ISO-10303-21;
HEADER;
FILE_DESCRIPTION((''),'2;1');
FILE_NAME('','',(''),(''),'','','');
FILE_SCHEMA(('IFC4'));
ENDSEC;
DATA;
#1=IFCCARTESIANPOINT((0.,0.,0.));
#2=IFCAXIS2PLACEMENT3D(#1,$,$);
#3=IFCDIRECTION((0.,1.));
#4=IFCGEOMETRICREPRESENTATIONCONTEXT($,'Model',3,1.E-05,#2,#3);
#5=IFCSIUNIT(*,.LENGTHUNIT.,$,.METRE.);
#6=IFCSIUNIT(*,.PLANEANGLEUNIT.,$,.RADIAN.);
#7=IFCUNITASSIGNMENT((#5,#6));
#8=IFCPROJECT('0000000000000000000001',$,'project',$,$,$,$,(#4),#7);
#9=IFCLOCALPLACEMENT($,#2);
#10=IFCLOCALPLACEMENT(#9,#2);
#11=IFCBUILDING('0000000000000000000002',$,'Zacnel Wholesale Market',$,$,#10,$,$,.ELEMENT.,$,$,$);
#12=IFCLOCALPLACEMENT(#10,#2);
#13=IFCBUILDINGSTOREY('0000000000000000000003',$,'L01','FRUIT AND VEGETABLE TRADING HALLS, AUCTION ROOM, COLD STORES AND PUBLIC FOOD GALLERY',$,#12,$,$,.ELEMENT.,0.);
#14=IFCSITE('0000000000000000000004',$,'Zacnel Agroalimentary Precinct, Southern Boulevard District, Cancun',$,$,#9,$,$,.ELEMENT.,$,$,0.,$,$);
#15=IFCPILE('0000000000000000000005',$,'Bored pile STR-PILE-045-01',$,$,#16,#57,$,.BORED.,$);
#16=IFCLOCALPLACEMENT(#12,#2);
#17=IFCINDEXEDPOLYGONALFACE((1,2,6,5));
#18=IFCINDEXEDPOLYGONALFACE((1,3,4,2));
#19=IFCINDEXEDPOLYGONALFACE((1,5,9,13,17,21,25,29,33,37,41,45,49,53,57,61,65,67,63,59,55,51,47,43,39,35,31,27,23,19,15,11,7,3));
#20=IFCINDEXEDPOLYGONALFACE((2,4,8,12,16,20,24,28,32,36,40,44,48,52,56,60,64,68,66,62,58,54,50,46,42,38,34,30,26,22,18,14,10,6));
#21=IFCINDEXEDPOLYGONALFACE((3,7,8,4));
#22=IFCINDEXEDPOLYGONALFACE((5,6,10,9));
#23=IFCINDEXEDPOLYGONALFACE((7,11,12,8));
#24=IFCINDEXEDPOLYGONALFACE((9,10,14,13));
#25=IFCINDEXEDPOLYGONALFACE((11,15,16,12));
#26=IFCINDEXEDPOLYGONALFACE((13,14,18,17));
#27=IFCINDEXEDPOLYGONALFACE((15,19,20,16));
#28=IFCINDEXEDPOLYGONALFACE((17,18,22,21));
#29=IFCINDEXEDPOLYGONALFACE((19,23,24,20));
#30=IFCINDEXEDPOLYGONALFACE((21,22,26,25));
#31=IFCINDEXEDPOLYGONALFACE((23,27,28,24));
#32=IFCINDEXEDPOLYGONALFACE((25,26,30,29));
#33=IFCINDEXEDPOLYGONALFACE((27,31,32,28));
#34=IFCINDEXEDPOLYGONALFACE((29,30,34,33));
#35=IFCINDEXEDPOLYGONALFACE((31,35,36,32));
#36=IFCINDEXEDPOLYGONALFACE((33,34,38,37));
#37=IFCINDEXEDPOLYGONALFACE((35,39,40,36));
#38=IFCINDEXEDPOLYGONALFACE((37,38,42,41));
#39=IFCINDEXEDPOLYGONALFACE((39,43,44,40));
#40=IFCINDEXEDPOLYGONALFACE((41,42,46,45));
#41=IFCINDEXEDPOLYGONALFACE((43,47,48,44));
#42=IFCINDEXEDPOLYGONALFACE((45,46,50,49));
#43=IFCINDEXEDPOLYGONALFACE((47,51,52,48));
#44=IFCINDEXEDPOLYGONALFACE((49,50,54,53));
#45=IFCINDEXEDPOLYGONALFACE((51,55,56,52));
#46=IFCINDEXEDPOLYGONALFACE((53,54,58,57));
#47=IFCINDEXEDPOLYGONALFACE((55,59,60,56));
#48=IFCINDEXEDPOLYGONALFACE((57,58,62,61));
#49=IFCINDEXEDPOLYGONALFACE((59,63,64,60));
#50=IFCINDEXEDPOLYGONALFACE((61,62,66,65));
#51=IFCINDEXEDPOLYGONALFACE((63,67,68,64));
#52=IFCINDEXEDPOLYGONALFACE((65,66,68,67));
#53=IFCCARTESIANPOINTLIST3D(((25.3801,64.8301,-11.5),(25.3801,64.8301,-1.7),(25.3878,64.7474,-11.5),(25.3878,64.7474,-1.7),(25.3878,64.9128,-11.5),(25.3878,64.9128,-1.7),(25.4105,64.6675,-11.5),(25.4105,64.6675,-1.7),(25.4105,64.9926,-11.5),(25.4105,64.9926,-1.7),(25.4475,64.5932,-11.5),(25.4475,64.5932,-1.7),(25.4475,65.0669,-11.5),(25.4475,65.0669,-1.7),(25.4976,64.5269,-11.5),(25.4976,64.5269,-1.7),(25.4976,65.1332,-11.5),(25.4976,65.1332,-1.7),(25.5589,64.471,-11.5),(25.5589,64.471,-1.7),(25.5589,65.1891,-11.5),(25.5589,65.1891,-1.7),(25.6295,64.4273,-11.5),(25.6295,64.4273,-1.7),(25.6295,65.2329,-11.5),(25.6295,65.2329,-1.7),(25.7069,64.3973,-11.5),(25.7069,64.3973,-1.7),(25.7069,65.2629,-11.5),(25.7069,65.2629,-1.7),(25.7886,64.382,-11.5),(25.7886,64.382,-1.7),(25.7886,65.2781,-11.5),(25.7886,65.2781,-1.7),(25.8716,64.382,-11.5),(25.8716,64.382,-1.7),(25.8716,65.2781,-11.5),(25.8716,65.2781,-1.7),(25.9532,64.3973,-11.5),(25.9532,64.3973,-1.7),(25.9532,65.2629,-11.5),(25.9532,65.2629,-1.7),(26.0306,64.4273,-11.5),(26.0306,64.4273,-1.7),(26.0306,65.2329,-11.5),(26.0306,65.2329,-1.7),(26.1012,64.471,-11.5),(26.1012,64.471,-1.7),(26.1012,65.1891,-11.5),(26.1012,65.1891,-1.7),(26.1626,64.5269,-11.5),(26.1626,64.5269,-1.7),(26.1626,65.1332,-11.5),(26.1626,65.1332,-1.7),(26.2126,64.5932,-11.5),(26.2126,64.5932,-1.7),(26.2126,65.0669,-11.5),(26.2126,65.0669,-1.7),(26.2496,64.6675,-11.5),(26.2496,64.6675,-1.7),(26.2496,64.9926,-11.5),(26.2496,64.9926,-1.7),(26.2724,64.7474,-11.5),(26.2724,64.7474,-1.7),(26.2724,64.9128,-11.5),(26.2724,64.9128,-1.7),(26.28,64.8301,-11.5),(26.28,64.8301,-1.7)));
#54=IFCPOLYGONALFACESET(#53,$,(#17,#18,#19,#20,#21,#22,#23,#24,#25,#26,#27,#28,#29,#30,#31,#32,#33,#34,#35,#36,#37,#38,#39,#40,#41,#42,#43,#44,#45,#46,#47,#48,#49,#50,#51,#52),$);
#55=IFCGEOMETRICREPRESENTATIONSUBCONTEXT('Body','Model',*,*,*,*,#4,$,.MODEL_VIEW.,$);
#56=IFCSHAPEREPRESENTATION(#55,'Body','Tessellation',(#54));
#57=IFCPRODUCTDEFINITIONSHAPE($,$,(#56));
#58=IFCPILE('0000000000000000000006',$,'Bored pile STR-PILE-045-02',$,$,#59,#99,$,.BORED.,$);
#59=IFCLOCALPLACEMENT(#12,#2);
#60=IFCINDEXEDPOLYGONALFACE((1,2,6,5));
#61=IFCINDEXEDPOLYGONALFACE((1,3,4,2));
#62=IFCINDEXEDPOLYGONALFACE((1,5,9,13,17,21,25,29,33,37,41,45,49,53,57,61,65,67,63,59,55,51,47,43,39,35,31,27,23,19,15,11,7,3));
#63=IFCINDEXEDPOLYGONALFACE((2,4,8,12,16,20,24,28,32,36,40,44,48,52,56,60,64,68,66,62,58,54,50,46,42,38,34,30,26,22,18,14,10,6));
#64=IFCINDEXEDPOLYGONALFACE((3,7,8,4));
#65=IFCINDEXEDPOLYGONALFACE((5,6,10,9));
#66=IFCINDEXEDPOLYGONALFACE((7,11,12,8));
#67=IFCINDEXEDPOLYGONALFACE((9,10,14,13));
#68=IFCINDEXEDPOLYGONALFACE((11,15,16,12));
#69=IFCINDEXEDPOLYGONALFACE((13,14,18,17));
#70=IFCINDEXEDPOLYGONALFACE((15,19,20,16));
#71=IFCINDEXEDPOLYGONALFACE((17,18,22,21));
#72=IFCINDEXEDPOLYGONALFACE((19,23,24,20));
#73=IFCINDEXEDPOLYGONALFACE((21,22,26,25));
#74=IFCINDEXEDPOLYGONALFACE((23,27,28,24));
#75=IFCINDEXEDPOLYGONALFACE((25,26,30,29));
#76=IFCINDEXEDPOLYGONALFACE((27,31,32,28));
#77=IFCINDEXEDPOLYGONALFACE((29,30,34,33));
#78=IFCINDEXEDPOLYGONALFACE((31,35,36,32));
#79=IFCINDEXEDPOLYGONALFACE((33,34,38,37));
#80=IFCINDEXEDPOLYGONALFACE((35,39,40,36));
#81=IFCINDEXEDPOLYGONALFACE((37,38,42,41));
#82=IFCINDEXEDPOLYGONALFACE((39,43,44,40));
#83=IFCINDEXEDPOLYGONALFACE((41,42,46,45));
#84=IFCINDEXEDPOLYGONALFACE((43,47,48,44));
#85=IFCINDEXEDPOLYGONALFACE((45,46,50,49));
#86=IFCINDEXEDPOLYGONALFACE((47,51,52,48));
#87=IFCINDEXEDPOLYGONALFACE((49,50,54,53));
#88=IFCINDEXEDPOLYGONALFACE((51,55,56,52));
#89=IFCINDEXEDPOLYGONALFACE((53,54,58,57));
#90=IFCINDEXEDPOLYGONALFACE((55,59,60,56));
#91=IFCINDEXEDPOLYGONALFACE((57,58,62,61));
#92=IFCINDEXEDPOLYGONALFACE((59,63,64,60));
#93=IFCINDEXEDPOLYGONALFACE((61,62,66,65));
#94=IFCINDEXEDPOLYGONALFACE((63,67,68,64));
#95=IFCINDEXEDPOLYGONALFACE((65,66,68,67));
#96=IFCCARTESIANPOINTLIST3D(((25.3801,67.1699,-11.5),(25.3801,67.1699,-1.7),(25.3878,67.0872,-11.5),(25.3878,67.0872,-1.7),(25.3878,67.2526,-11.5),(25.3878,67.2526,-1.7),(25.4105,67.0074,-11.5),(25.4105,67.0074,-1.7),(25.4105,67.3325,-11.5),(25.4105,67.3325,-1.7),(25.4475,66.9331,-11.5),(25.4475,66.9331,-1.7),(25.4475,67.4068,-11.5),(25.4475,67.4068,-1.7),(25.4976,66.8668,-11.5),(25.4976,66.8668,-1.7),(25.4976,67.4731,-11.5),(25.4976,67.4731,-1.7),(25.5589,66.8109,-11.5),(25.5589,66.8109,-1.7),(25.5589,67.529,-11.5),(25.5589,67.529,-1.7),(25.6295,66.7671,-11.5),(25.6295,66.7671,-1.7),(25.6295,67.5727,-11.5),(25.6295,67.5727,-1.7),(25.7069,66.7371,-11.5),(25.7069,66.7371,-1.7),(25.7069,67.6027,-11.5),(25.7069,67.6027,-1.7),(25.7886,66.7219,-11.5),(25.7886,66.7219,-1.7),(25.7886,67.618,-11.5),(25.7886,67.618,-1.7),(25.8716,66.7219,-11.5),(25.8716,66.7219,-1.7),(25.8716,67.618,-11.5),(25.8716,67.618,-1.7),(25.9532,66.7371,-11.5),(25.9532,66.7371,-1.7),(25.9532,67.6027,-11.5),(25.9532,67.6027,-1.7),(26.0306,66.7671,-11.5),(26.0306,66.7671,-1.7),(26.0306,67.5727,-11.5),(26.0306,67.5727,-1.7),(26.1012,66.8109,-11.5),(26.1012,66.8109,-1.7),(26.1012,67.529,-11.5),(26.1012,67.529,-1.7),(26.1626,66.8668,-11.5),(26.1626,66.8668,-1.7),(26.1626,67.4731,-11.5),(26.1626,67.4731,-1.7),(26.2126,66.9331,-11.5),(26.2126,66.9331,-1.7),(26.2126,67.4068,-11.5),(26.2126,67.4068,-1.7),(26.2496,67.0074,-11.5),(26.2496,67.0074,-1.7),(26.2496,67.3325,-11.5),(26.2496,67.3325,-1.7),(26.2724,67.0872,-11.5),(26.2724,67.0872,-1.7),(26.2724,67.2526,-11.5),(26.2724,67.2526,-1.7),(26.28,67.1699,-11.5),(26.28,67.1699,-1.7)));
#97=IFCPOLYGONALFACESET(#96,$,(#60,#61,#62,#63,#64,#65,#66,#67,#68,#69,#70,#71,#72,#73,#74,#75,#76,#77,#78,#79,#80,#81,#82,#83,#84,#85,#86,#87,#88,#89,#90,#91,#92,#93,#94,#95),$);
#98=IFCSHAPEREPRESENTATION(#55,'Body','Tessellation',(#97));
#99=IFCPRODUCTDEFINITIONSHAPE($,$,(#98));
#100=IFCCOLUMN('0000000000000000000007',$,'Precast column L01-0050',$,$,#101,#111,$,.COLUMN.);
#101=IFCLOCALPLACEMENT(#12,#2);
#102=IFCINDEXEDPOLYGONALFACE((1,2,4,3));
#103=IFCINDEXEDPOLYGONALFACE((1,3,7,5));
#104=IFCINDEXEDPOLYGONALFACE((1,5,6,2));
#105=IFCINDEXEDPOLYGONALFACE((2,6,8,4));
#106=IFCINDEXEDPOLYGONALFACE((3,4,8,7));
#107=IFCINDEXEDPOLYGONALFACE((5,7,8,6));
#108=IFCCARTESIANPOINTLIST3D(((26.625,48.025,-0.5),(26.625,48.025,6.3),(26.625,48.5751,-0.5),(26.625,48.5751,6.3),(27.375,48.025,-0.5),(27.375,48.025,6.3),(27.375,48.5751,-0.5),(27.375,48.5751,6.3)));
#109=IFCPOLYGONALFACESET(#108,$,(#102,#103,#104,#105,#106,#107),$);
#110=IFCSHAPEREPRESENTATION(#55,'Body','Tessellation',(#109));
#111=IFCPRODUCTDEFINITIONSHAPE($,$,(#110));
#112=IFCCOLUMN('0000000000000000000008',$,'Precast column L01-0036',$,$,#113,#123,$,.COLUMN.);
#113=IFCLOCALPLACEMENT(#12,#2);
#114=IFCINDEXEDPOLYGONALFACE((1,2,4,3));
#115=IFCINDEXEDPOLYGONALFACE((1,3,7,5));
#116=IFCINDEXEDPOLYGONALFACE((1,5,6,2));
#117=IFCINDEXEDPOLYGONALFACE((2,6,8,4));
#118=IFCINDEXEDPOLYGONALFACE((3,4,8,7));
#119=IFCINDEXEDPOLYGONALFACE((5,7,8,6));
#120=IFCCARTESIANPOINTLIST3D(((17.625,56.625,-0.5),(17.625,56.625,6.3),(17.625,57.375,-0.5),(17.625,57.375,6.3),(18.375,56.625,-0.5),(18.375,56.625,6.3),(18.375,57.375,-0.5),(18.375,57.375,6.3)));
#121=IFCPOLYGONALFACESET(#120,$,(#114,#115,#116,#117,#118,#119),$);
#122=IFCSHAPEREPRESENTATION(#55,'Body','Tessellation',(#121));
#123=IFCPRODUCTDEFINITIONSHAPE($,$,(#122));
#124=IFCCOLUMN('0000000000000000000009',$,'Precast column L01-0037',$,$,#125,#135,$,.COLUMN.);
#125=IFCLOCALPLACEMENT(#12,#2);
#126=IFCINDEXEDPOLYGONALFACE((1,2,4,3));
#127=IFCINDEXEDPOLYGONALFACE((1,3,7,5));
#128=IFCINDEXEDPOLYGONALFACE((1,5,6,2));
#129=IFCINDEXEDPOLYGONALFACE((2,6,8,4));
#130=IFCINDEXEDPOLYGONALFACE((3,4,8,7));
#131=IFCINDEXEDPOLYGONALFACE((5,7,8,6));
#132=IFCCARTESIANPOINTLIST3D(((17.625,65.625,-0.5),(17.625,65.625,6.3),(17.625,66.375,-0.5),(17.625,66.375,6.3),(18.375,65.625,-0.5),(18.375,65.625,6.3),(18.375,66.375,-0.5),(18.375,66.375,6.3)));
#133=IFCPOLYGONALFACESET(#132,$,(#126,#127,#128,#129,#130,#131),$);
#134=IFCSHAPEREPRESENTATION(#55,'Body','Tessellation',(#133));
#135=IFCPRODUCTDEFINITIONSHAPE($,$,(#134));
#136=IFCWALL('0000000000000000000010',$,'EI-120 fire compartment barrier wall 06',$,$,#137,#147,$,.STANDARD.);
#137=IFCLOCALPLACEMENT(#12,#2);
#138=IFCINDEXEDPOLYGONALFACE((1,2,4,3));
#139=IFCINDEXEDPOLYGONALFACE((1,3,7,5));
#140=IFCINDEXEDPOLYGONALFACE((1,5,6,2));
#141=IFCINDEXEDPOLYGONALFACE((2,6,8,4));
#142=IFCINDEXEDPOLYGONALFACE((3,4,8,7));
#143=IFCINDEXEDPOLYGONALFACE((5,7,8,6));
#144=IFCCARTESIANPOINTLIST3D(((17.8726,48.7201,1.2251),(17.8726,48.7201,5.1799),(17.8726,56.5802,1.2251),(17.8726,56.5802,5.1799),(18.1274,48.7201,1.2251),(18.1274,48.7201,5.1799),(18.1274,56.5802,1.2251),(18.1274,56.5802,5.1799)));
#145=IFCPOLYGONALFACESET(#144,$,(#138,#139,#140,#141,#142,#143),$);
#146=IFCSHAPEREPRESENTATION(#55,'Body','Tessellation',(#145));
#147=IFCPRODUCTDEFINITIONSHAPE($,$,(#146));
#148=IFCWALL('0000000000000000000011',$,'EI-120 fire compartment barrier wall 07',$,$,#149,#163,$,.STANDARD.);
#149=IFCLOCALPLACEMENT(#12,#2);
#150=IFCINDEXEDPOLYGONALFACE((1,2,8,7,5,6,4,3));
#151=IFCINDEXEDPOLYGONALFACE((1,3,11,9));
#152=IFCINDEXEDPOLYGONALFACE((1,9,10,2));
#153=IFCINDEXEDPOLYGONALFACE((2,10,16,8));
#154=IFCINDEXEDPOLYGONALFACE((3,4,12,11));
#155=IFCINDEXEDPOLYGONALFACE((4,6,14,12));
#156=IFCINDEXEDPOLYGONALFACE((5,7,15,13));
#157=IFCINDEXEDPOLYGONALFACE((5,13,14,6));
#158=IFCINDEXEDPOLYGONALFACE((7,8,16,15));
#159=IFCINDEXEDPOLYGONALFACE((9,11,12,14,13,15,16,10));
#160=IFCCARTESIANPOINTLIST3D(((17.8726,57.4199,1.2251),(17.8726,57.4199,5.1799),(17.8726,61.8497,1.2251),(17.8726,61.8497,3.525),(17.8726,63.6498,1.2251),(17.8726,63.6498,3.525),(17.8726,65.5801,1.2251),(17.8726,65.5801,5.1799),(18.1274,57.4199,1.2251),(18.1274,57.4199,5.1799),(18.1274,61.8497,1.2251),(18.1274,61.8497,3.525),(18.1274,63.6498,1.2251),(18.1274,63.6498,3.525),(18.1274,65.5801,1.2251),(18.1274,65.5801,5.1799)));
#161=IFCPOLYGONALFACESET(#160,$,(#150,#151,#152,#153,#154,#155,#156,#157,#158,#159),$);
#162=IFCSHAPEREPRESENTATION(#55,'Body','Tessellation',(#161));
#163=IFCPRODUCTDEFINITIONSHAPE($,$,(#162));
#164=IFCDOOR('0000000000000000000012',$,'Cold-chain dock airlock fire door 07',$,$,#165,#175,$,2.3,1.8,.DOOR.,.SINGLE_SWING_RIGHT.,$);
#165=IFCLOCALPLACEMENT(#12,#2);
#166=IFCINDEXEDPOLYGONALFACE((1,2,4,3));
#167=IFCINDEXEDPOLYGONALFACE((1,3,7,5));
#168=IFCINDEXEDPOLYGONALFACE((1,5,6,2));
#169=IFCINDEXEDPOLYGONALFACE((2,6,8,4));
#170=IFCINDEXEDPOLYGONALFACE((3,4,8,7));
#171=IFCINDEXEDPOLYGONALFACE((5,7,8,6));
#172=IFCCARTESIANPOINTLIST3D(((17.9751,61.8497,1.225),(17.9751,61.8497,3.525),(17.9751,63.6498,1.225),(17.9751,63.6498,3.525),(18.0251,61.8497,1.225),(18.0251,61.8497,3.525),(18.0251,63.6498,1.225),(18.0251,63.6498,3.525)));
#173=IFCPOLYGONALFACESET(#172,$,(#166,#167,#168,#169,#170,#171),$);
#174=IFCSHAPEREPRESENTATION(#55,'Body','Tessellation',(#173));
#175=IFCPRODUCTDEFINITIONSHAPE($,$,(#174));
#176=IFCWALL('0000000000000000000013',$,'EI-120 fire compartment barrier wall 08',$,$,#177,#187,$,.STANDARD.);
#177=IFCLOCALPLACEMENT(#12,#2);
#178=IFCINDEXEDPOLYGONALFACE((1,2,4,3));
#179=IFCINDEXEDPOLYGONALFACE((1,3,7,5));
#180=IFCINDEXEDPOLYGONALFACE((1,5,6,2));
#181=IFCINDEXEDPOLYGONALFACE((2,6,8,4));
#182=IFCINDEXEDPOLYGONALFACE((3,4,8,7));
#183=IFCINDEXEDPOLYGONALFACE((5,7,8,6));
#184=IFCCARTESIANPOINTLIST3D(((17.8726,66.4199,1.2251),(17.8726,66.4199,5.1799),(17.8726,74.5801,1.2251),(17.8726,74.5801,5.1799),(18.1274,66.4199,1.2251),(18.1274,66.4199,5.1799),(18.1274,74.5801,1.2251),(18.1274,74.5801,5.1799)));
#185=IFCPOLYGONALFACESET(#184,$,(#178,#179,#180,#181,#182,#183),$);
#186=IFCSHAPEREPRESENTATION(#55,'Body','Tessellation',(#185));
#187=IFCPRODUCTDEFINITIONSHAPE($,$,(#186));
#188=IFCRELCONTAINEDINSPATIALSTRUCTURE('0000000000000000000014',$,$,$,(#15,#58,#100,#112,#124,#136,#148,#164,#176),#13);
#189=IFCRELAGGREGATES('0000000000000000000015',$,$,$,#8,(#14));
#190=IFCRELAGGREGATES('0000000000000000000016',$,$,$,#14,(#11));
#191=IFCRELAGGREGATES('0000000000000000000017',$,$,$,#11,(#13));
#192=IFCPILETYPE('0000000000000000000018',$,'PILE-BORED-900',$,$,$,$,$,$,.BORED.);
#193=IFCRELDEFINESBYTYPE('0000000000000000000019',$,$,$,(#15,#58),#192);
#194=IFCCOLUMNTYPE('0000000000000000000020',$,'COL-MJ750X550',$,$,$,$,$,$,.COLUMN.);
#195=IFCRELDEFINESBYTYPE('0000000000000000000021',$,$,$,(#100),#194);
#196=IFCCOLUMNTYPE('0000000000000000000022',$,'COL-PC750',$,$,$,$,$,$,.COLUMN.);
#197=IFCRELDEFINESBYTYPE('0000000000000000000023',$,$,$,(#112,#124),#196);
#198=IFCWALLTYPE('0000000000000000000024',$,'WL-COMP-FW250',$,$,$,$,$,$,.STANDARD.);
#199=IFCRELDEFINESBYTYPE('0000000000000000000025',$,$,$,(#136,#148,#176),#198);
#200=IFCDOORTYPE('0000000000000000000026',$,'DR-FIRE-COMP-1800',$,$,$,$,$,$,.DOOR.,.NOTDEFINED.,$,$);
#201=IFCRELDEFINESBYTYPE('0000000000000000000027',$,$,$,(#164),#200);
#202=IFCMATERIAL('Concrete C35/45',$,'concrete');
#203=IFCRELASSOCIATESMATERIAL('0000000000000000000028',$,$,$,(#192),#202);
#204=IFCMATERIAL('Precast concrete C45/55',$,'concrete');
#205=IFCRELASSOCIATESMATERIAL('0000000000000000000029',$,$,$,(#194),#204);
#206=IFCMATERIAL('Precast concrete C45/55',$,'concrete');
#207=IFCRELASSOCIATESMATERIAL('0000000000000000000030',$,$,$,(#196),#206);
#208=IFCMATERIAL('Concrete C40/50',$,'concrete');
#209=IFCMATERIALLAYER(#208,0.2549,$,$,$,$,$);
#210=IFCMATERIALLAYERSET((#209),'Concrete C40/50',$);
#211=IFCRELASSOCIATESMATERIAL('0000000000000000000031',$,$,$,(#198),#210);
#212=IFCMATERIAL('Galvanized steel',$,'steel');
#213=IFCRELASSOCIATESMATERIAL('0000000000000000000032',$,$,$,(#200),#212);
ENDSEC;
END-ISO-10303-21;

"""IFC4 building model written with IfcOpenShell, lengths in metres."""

from ifc_helpers import new_model, si_unit, direction, frame, frame_2d, origin, origin_2d, place, context, subcontext, project, spatial, rectangle, circle, extrude, material, layer, layer_set, material_profile, profile_set, type_object, element, fill, save


model = new_model("IFC4")

# Units and contexts
model_context = context("Model", 3, precision=1e-05, world=origin(), true_north=direction((0.0, 1.0)))
body_context = subcontext(model_context, "Body", "Model", "MODEL_VIEW")
ifc_project = project(units=[si_unit("LENGTHUNIT", "METRE"), si_unit("PLANEANGLEUNIT", "RADIAN")], contexts=[model_context])

# Site, building, storey
site_placement = place(None, origin())
site = spatial("IfcSite", under=ifc_project, at=site_placement, Name="Zacnel Agroalimentary Precinct, Southern Boulevard District, Cancun", CompositionType="ELEMENT", RefElevation=0.0)
building_placement = place(site_placement, origin())
building = spatial("IfcBuilding", under=site, at=building_placement, Name="Zacnel Wholesale Market", CompositionType="ELEMENT")
storey_placement = place(building_placement, origin())
storey = spatial("IfcBuildingStorey", under=building, at=storey_placement, Name="L01", Description="FRUIT AND VEGETABLE TRADING HALLS, AUCTION ROOM, COLD STORES AND PUBLIC FOOD GALLERY", CompositionType="ELEMENT", Elevation=0.0)

# Piles
ifc_material_1 = material(Name="Concrete C35/45", Category="concrete")
ifc_material_profile_1 = material_profile(ifc_material_1, circle(Radius=0.45, at=origin_2d()), Name="BORED PILE D900")
ifc_profile_set_1 = profile_set([ifc_material_profile_1], Name="Concrete C35/45")
pile_type = type_object("IfcPileType", Name="PILE-BORED-900", PredefinedType="BORED", material=ifc_profile_set_1)
for number, where, z_axis, x_axis, name in (
    (1, (25.8301, 64.8301, -1.7), (0.0, 0.0, -1.0), (1.0, 0.0, 0.0), "Bored pile STR-PILE-045-01"),
    (2, (25.8301, 67.1699, -1.7), (0.0, 0.0, -1.0), (1.0, 0.0, 0.0), "Bored pile STR-PILE-045-02"),
):
    element("IfcPile", number, at=place(storey_placement, frame(where, z_axis=z_axis, x_axis=x_axis)), inside=storey, type_object=pile_type, Name=name, PredefinedType="BORED", context=body_context, shape_type="SweptSolid", body=[
        extrude(circle(Radius=0.45, at=origin_2d()), origin(), (0.0, 0.0, 1.0), 9.8),
    ])

# Columns
ifc_material_2 = material(Name="Precast concrete C45/55", Category="concrete")
ifc_material_profile_2 = material_profile(ifc_material_2, rectangle(XDim=0.75, YDim=0.55, at=origin_2d()), Name="PC 750x550")
ifc_profile_set_2 = profile_set([ifc_material_profile_2], Name="Precast concrete C45/55")
column_type_1 = type_object("IfcColumnType", Name="COL-MJ750X550", PredefinedType="COLUMN", material=ifc_profile_set_2)
column_placement = place(storey_placement, frame((27.0, 48.3, -0.5), z_axis=(0.0, 0.0, 1.0), x_axis=(1.0, 0.0, 0.0)))
element("IfcColumn", 3, at=column_placement, inside=storey, type_object=column_type_1, Name="Precast column L01-0050", PredefinedType="COLUMN", context=body_context, shape_type="SweptSolid", body=[
    extrude(rectangle(XDim=0.75, YDim=0.55, at=origin_2d()), origin(), (0.0, 0.0, 1.0), 6.8),
])
ifc_material_3 = material(Name="Precast concrete C45/55", Category="concrete")
ifc_material_profile_3 = material_profile(ifc_material_3, rectangle(XDim=0.75, YDim=0.75, at=origin_2d()), Name="PC 750x750")
ifc_profile_set_3 = profile_set([ifc_material_profile_3], Name="Precast concrete C45/55")
column_type_2 = type_object("IfcColumnType", Name="COL-PC750", PredefinedType="COLUMN", material=ifc_profile_set_3)
for number, where, z_axis, x_axis, name in (
    (4, (18.0, 57.0, -0.5), (0.0, 0.0, 1.0), (1.0, 0.0, 0.0), "Precast column L01-0036"),
    (5, (18.0, 66.0, -0.5), (0.0, 0.0, 1.0), (1.0, 0.0, 0.0), "Precast column L01-0037"),
):
    element("IfcColumn", number, at=place(storey_placement, frame(where, z_axis=z_axis, x_axis=x_axis)), inside=storey, type_object=column_type_2, Name=name, PredefinedType="COLUMN", context=body_context, shape_type="SweptSolid", body=[
        extrude(rectangle(XDim=0.75, YDim=0.75, at=origin_2d()), origin(), (0.0, 0.0, 1.0), 6.8),
    ])

# Wall
ifc_material_4 = material(Name="Concrete C40/50", Category="concrete")
ifc_layer_1 = layer(ifc_material_4, 0.2549)
ifc_layer_set_1 = layer_set([ifc_layer_1], Name="Concrete C40/50")
wall_type_1 = type_object("IfcWallType", Name="WL-COMP-FW250", PredefinedType="STANDARD", material=ifc_layer_set_1)
wall_1_placement = place(storey_placement, frame((18.0, 48.72, 1.2251), z_axis=(0.0, 0.0, 1.0), x_axis=(0.0, 1.0, 0.0)))
element("IfcWall", 6, at=wall_1_placement, inside=storey, type_object=wall_type_1, Name="EI-120 fire compartment barrier wall 06", PredefinedType="STANDARD", context=body_context, shape_type="SweptSolid", body=[
    extrude(rectangle(XDim=7.8601, YDim=0.2549, at=frame_2d((3.9302, 0.0))), origin(), (0.0, 0.0, 1.0), 3.9548),
])

# Wall, opening, door
wall_2_placement = place(storey_placement, frame((18.0, 57.4199, 1.2251), z_axis=(0.0, 0.0, 1.0), x_axis=(0.0, 1.0, 0.0)))
wall_2 = element("IfcWall", 7, at=wall_2_placement, inside=storey, type_object=wall_type_1, Name="EI-120 fire compartment barrier wall 07", PredefinedType="STANDARD", context=body_context, shape_type="SweptSolid", body=[
    extrude(rectangle(XDim=8.1602, YDim=0.2549, at=frame_2d((4.0801, 0.0))), origin(), (0.0, 0.0, 1.0), 3.9548),
])
opening_1_placement = place(wall_2_placement, frame((4.4299, 0.0, 0.0)))
opening_1 = element("IfcOpeningElement", 8, at=opening_1_placement, cuts=wall_2, PredefinedType="OPENING", context=body_context, shape_type="SweptSolid", body=[
    extrude(rectangle(XDim=1.8, YDim=2.3, at=frame_2d((0.8999, 1.1499))), frame((0.0, 0.1375, 0.0), z_axis=(0.0, -1.0, 0.0), x_axis=(1.0, 0.0, 0.0)), (0.0, 0.0, 1.0), 0.2749),
])
ifc_material_5 = material(Name="Galvanized steel", Category="steel")
door_type_1 = type_object("IfcDoorType", Name="DR-FIRE-COMP-1800", OperationType="NOTDEFINED", PredefinedType="DOOR", material=ifc_material_5)
door_1_placement = place(opening_1_placement, origin())
door_1 = element("IfcDoor", 9, at=door_1_placement, inside=storey, type_object=door_type_1, Name="Cold-chain dock airlock fire door 07", OperationType="SINGLE_SWING_RIGHT", OverallHeight=2.3, OverallWidth=1.8, PredefinedType="DOOR", context=body_context, shape_type="SweptSolid", body=[
    extrude(rectangle(XDim=1.8, YDim=2.3, at=frame_2d((0.8999, 1.1499))), frame((0.0, 0.0249, 0.0), z_axis=(0.0, -1.0, 0.0), x_axis=(1.0, 0.0, 0.0)), (0.0, 0.0, 1.0), 0.05),
])
fill(opening_1, door_1)

# Wall
wall_3_placement = place(storey_placement, frame((18.0, 66.4199, 1.2251), z_axis=(0.0, 0.0, 1.0), x_axis=(0.0, 1.0, 0.0)))
element("IfcWall", 10, at=wall_3_placement, inside=storey, type_object=wall_type_1, Name="EI-120 fire compartment barrier wall 08", PredefinedType="STANDARD", context=body_context, shape_type="SweptSolid", body=[
    extrude(rectangle(XDim=8.1602, YDim=0.2549, at=frame_2d((4.0801, 0.0))), origin(), (0.0, 0.0, 1.0), 3.9548),
])

save(model, "model.ifc")
